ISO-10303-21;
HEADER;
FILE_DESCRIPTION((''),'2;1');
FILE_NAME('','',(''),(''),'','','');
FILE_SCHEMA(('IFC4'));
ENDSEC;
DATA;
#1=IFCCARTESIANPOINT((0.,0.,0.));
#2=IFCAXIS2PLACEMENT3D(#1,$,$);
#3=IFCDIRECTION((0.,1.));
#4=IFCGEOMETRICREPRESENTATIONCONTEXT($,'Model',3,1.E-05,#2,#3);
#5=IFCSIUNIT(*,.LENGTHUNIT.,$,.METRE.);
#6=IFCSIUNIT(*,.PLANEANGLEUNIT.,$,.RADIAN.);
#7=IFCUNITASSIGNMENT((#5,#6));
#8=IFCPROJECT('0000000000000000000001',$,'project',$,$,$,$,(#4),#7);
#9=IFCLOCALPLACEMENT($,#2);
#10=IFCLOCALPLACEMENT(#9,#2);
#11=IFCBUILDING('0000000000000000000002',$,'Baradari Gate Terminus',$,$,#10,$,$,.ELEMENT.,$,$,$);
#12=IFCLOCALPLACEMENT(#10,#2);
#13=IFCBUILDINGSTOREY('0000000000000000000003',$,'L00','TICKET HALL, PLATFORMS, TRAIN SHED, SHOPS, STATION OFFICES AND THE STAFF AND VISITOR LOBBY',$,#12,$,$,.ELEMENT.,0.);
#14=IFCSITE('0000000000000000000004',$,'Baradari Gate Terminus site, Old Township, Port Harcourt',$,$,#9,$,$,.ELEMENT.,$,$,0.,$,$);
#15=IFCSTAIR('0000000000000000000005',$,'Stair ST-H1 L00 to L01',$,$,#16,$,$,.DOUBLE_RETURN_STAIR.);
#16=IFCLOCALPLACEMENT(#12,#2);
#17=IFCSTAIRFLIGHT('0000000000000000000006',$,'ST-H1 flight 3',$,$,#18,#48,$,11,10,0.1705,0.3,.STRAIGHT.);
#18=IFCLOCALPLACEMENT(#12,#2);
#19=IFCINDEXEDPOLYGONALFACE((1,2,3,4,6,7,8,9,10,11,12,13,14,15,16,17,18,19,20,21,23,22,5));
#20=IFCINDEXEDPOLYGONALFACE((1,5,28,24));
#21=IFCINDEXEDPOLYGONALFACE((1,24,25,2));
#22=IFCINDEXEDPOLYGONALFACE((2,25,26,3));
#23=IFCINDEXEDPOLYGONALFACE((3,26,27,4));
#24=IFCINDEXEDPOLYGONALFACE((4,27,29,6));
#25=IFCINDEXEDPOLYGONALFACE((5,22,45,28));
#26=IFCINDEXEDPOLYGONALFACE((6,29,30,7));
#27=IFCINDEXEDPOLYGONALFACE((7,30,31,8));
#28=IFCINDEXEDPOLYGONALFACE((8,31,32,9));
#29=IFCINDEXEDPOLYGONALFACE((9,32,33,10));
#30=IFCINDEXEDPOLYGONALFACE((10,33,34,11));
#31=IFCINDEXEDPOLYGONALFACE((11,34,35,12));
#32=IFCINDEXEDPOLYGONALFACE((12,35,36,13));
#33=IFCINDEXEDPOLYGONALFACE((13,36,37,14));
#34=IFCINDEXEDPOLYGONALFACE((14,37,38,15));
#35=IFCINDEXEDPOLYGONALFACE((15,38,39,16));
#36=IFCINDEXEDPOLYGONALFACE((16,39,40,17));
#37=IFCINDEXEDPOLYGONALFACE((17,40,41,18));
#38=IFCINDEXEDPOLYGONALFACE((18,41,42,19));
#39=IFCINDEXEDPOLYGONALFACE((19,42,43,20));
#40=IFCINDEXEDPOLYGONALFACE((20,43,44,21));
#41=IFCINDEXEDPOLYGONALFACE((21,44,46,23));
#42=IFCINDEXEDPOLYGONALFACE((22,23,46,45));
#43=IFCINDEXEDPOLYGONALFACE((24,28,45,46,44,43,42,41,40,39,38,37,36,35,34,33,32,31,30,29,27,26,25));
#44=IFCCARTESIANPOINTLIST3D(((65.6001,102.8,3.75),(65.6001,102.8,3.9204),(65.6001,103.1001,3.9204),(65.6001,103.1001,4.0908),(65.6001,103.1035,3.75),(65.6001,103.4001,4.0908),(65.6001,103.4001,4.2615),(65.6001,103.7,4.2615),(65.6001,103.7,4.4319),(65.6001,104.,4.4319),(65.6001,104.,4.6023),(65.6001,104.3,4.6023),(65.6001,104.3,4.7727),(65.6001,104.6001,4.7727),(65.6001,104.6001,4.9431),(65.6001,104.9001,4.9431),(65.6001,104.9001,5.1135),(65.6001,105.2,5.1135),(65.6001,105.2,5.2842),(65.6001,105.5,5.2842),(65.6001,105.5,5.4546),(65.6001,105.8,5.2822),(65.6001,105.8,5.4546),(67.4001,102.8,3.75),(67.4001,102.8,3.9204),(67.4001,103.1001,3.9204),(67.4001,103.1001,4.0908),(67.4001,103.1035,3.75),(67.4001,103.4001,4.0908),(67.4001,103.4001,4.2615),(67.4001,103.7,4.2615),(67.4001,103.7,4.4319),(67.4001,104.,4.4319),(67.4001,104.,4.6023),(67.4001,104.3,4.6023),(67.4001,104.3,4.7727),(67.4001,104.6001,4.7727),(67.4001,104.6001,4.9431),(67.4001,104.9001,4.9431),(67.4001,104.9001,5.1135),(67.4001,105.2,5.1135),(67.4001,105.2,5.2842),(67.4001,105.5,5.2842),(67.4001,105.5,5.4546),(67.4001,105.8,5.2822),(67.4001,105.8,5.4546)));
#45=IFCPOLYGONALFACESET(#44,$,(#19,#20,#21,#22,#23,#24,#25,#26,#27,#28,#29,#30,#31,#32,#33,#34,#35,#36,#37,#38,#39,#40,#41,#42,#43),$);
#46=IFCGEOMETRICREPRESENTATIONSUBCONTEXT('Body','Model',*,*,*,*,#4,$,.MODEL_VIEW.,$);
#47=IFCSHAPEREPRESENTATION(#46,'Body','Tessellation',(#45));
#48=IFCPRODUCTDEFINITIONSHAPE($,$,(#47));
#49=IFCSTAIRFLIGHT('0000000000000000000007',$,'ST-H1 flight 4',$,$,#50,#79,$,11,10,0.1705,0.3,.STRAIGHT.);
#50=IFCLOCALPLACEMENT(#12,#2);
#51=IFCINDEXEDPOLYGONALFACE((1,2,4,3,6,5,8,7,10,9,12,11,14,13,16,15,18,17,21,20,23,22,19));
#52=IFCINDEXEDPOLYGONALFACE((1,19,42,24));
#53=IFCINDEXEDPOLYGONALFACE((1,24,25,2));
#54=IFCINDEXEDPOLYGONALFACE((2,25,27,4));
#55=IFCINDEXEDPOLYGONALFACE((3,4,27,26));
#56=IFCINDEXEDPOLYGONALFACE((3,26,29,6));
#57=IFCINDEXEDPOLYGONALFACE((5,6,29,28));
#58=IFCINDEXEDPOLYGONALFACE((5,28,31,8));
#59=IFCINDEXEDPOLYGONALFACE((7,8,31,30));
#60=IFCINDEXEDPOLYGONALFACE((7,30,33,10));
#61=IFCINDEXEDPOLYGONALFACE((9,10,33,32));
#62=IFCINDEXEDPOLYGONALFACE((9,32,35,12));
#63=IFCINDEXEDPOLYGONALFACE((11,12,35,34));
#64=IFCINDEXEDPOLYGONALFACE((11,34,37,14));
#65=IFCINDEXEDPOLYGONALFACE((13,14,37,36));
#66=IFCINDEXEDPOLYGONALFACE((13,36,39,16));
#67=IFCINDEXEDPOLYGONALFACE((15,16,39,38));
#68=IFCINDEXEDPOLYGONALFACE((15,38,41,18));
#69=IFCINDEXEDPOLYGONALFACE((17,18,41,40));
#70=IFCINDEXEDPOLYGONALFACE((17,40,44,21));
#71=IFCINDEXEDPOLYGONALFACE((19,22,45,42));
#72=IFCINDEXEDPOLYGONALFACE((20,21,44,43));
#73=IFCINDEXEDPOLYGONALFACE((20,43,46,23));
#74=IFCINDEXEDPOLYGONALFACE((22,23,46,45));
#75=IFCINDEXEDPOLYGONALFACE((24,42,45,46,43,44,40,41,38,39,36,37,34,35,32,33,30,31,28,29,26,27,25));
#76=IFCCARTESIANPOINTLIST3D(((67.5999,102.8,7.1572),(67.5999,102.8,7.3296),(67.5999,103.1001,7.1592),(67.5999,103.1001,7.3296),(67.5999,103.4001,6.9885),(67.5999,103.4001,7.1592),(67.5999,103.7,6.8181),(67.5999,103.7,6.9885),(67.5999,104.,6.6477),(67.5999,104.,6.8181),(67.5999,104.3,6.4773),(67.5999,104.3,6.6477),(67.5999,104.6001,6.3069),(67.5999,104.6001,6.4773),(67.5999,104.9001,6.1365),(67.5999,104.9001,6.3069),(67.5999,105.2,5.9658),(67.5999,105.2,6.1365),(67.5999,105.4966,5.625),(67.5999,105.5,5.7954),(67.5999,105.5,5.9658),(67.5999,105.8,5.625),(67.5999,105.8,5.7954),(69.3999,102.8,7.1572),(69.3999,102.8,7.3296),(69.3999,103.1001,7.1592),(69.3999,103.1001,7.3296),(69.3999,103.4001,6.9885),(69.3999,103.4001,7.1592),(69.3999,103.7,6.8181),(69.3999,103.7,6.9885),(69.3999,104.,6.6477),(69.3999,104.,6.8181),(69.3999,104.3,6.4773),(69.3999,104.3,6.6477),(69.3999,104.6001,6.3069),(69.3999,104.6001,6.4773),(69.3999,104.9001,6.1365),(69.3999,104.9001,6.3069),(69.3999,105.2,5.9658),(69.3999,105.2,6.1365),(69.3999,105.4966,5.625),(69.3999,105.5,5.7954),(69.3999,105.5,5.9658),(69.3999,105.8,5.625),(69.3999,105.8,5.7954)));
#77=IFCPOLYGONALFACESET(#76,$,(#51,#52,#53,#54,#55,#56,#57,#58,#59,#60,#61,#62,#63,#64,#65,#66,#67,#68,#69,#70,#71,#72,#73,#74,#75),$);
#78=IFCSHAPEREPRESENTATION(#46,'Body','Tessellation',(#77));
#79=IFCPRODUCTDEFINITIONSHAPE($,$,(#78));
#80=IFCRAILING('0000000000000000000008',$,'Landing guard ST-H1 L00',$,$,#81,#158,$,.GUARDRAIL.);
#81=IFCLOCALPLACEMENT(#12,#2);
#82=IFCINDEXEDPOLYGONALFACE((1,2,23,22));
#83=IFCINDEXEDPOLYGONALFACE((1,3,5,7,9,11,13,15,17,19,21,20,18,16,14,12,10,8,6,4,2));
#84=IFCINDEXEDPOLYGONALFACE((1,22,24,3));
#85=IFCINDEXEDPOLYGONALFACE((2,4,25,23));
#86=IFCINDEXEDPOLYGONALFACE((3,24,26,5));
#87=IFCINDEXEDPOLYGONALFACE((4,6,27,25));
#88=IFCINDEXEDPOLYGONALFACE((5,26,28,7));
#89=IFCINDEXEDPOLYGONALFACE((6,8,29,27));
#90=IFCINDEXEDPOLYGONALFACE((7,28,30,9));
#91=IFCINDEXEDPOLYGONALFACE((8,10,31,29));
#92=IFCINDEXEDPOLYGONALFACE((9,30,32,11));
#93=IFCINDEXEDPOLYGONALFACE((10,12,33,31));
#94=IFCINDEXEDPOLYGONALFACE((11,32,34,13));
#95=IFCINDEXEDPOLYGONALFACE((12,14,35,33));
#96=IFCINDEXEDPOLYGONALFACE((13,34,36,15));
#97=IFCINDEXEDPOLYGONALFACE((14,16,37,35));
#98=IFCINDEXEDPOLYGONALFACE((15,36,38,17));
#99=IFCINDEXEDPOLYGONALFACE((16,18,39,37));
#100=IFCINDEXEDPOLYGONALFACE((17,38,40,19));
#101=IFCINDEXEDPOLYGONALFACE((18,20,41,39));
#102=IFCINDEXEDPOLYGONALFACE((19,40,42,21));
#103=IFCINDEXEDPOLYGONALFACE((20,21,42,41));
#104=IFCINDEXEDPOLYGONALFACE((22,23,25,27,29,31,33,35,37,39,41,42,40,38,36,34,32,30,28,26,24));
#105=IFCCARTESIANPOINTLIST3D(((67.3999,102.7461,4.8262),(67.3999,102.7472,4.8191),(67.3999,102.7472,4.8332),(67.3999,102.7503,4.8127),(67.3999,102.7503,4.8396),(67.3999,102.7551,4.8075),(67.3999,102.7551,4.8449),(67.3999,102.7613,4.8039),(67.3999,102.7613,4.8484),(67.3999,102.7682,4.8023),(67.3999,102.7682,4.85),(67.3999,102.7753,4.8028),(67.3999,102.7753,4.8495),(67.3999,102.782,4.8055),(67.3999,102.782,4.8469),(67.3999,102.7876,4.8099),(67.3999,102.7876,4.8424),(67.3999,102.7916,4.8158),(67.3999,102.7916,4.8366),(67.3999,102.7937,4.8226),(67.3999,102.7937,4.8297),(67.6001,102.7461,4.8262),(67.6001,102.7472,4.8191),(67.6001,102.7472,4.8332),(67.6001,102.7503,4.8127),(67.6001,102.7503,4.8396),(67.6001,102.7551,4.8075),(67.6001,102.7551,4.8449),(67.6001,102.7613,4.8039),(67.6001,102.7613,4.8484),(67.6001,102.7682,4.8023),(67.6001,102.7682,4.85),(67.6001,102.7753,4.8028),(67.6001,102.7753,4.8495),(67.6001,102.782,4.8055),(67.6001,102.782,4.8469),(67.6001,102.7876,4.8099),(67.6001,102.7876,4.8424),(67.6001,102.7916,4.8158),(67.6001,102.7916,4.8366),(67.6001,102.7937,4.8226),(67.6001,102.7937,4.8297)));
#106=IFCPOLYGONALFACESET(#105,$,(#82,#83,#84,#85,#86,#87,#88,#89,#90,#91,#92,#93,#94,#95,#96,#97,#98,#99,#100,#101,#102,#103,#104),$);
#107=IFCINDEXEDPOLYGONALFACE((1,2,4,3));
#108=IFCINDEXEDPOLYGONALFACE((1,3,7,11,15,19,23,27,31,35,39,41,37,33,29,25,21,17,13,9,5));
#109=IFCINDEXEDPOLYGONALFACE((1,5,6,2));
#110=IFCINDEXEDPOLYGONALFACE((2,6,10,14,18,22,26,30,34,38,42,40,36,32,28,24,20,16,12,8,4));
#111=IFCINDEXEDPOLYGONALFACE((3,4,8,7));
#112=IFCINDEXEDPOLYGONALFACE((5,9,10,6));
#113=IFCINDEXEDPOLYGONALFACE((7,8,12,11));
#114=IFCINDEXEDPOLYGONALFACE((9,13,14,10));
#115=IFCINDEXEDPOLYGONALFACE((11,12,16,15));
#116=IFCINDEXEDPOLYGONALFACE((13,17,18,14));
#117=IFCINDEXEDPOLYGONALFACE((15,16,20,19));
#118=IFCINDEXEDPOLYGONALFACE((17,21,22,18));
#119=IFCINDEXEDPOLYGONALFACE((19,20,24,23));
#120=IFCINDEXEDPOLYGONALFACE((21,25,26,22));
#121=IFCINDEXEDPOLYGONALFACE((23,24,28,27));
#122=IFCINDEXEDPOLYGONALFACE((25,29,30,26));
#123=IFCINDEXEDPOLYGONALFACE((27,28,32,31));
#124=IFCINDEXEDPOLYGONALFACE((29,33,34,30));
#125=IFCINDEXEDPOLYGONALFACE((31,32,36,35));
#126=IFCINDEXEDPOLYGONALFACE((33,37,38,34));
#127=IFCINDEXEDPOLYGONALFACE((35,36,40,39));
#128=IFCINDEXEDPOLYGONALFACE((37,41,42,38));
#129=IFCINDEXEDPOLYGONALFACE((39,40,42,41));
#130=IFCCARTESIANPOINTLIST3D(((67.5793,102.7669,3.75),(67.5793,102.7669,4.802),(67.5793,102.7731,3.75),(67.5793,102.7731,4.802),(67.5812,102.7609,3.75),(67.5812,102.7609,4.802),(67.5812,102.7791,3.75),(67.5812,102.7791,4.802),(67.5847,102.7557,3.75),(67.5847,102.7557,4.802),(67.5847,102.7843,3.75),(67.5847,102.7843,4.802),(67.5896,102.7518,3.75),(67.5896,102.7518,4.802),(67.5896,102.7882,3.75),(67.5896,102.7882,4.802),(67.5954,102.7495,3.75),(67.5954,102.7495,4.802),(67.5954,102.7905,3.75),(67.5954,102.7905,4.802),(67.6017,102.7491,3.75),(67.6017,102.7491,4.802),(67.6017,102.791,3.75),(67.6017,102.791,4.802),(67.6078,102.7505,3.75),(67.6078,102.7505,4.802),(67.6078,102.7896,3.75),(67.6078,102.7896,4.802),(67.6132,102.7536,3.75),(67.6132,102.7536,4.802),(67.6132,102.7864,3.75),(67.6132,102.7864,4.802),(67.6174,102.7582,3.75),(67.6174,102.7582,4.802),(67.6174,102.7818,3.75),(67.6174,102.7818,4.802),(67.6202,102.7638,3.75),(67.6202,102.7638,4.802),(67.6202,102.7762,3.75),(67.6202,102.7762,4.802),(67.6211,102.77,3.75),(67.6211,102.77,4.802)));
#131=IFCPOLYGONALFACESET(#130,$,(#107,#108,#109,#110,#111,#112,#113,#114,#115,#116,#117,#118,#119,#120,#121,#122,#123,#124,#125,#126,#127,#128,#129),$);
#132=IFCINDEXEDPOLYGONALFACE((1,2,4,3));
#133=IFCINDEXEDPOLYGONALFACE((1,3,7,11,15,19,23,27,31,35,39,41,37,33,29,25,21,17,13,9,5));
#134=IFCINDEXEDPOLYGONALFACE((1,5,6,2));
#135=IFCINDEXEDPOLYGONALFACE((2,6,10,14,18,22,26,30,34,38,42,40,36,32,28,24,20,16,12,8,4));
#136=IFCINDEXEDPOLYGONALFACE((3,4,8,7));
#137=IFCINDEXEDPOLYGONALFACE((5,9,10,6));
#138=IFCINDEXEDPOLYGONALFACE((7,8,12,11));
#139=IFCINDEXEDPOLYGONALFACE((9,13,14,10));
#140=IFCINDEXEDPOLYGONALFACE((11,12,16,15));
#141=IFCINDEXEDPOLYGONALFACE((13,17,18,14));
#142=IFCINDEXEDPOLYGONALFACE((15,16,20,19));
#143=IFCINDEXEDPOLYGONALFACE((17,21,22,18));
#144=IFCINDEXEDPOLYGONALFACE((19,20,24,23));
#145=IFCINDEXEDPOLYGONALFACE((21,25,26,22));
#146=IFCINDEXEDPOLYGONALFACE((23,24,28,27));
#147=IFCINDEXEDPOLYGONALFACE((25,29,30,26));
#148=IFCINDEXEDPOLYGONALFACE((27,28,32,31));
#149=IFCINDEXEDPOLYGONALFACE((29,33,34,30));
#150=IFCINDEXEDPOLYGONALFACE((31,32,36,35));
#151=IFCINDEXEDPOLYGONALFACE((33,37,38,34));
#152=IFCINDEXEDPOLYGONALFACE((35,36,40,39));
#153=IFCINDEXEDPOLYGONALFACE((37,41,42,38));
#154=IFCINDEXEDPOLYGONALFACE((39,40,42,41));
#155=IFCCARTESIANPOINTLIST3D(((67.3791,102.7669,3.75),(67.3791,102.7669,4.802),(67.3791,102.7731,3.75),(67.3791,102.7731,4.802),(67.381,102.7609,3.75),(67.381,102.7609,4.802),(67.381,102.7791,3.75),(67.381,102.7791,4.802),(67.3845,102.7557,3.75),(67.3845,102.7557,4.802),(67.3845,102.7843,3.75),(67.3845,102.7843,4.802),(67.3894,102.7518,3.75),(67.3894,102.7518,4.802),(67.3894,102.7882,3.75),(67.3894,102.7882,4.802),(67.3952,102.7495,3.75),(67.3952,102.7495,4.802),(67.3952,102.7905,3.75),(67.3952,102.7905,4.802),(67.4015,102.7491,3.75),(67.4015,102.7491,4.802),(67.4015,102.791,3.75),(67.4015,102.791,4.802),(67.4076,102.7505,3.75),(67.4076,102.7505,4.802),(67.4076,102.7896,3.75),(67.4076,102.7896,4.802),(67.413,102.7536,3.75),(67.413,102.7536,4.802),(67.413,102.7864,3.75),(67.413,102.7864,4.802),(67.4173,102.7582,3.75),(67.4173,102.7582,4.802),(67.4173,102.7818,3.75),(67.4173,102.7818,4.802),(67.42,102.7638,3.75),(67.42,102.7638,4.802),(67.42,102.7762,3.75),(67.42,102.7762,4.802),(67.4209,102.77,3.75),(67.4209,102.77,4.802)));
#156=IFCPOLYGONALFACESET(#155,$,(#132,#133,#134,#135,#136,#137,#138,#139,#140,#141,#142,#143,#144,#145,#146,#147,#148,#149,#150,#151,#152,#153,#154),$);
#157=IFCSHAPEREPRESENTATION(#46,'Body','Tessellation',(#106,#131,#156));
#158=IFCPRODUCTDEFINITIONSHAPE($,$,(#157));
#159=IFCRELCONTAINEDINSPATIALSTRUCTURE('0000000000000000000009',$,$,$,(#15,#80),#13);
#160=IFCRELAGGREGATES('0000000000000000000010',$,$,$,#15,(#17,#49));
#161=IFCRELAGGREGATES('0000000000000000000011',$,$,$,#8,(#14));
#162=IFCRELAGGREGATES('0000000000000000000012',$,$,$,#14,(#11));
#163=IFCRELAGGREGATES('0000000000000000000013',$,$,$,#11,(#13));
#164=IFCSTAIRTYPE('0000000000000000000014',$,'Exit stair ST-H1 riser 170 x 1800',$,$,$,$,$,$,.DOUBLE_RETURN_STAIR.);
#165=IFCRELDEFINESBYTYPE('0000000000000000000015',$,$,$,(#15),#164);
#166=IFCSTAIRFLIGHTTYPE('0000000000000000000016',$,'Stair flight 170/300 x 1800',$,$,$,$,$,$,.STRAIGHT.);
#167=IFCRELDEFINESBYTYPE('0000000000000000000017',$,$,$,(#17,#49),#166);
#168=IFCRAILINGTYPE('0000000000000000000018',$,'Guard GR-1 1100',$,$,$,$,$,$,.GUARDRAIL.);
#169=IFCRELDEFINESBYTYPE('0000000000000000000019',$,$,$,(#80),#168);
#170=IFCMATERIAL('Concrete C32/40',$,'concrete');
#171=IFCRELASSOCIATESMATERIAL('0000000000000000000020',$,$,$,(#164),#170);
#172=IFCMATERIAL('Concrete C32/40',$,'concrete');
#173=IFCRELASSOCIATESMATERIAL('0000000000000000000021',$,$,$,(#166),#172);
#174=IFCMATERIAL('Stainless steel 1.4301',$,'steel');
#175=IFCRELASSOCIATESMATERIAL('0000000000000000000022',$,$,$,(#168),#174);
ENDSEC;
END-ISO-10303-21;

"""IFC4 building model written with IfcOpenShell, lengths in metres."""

from ifc_helpers import new_model, si_unit, direction, frame, origin, origin_2d, place, context, subcontext, project, spatial, polyline, circle, outline, extrude, material, type_object, element, aggregate, save


model = new_model("IFC4")

# Units and contexts
model_context = context("Model", 3, precision=1e-05, world=origin(), true_north=direction((0.0, 1.0)))
body_context = subcontext(model_context, "Body", "Model", "MODEL_VIEW")
ifc_project = project(units=[si_unit("LENGTHUNIT", "METRE"), si_unit("PLANEANGLEUNIT", "RADIAN")], contexts=[model_context])

# Site, building, storey
site_placement = place(None, origin())
site = spatial("IfcSite", under=ifc_project, at=site_placement, Name="Baradari Gate Terminus site, Old Township, Port Harcourt", CompositionType="ELEMENT", RefElevation=0.0)
building_placement = place(site_placement, origin())
building = spatial("IfcBuilding", under=site, at=building_placement, Name="Baradari Gate Terminus", CompositionType="ELEMENT")
storey_placement = place(building_placement, origin())
storey = spatial("IfcBuildingStorey", under=building, at=storey_placement, Name="L00", Description="TICKET HALL, PLATFORMS, TRAIN SHED, SHOPS, STATION OFFICES AND THE STAFF AND VISITOR LOBBY", CompositionType="ELEMENT", Elevation=0.0)

# Stair, stair flights
ifc_material_1 = material(Name="Concrete C32/40", Category="concrete")
stair_type = type_object("IfcStairType", Name="Exit stair ST-H1 riser 170 x 1800", PredefinedType="DOUBLE_RETURN_STAIR", material=ifc_material_1)
stair_placement = place(storey_placement, origin())
stair = element("IfcStair", 1, at=stair_placement, inside=storey, type_object=stair_type, Name="Stair ST-H1 L00 to L01", PredefinedType="DOUBLE_RETURN_STAIR")
ifc_material_2 = material(Name="Concrete C32/40", Category="concrete")
stair_flight_type = type_object("IfcStairFlightType", Name="Stair flight 170/300 x 1800", PredefinedType="STRAIGHT", material=ifc_material_2)
stair_flight_1_placement = place(storey_placement, frame((66.5, 102.8, 3.75), z_axis=(0.0, 0.0, 1.0), x_axis=(0.0, 1.0, 0.0)))
stair_flight_1 = element("IfcStairFlight", 2, at=stair_flight_1_placement, type_object=stair_flight_type, Name="ST-H1 flight 3", NumberOfRisers=11, NumberOfTreads=10, PredefinedType="STRAIGHT", RiserHeight=0.1705, TreadLength=0.3, context=body_context, shape_type="SweptSolid", body=[
    extrude(outline(polyline([(0.0, 0.0), (0.0, 0.1704), (0.3, 0.1704), (0.3, 0.3408), (0.6001, 0.3408), (0.6001, 0.5115), (0.8999, 0.5115), (0.8999, 0.6819), (1.2, 0.6819), (1.2, 0.8523), (1.5, 0.8523), (1.5, 1.0227), (1.8, 1.0227), (1.8, 1.1931), (2.1001, 1.1931), (2.1001, 1.3635), (2.3999, 1.3635), (2.3999, 1.5342), (2.7, 1.5342), (2.7, 1.7046), (3.0, 1.7046), (3.0, 1.875), (3.0, 1.5322), (0.3035, 0.0), (0.0, 0.0)])), frame((0.0, 0.8999, 0.0), z_axis=(0.0, -1.0, 0.0), x_axis=(1.0, 0.0, 0.0)), (0.0, 0.0, 1.0), 1.8),
])
stair_flight_2_placement = place(storey_placement, frame((68.5, 105.8, 5.625), z_axis=(0.0, 0.0, 1.0), x_axis=(0.0, -1.0, 0.0)))
stair_flight_2 = element("IfcStairFlight", 3, at=stair_flight_2_placement, type_object=stair_flight_type, Name="ST-H1 flight 4", NumberOfRisers=11, NumberOfTreads=10, PredefinedType="STRAIGHT", RiserHeight=0.1705, TreadLength=0.3, context=body_context, shape_type="SweptSolid", body=[
    extrude(outline(polyline([(0.0, 0.0), (0.0, 0.1704), (0.3, 0.1704), (0.3, 0.3408), (0.6001, 0.3408), (0.6001, 0.5115), (0.8999, 0.5115), (0.8999, 0.6819), (1.2, 0.6819), (1.2, 0.8523), (1.5, 0.8523), (1.5, 1.0227), (1.8, 1.0227), (1.8, 1.1931), (2.1001, 1.1931), (2.1001, 1.3635), (2.3999, 1.3635), (2.3999, 1.5342), (2.7, 1.5342), (2.7, 1.7046), (3.0, 1.7046), (3.0, 1.875), (3.0, 1.5322), (0.3035, 0.0), (0.0, 0.0)])), frame((0.0, 0.8999, 0.0), z_axis=(0.0, -1.0, 0.0), x_axis=(1.0, 0.0, 0.0)), (0.0, 0.0, 1.0), 1.8),
])
aggregate(stair, [stair_flight_1, stair_flight_2])

# Railing
ifc_material_3 = material(Name="Stainless steel 1.4301", Category="steel")
railing_type_1 = type_object("IfcRailingType", Name="Guard GR-1 1100", PredefinedType="GUARDRAIL", material=ifc_material_3)
railing_placement = place(storey_placement, frame((67.6001, 102.77, 3.75)))
element("IfcRailing", 4, at=railing_placement, inside=storey, type_object=railing_type_1, Name="Landing guard ST-H1 L00", PredefinedType="GUARDRAIL", context=body_context, shape_type="SweptSolid", body=[
    extrude(circle(Radius=0.0239, at=origin_2d()), frame((0.0, 0.0, 1.0762), z_axis=(-1.0, 0.0, 0.0), x_axis=(0.0, -1.0, 0.0)), (0.0, 0.0, 1.0), 0.2002),
    extrude(circle(Radius=0.021, at=origin_2d()), origin(), (0.0, 0.0, 1.0), 1.052),
    extrude(circle(Radius=0.021, at=origin_2d()), frame((-0.2002, 0.0, 0.0)), (0.0, 0.0, 1.0), 1.052),
])

save(model, "model.ifc")
